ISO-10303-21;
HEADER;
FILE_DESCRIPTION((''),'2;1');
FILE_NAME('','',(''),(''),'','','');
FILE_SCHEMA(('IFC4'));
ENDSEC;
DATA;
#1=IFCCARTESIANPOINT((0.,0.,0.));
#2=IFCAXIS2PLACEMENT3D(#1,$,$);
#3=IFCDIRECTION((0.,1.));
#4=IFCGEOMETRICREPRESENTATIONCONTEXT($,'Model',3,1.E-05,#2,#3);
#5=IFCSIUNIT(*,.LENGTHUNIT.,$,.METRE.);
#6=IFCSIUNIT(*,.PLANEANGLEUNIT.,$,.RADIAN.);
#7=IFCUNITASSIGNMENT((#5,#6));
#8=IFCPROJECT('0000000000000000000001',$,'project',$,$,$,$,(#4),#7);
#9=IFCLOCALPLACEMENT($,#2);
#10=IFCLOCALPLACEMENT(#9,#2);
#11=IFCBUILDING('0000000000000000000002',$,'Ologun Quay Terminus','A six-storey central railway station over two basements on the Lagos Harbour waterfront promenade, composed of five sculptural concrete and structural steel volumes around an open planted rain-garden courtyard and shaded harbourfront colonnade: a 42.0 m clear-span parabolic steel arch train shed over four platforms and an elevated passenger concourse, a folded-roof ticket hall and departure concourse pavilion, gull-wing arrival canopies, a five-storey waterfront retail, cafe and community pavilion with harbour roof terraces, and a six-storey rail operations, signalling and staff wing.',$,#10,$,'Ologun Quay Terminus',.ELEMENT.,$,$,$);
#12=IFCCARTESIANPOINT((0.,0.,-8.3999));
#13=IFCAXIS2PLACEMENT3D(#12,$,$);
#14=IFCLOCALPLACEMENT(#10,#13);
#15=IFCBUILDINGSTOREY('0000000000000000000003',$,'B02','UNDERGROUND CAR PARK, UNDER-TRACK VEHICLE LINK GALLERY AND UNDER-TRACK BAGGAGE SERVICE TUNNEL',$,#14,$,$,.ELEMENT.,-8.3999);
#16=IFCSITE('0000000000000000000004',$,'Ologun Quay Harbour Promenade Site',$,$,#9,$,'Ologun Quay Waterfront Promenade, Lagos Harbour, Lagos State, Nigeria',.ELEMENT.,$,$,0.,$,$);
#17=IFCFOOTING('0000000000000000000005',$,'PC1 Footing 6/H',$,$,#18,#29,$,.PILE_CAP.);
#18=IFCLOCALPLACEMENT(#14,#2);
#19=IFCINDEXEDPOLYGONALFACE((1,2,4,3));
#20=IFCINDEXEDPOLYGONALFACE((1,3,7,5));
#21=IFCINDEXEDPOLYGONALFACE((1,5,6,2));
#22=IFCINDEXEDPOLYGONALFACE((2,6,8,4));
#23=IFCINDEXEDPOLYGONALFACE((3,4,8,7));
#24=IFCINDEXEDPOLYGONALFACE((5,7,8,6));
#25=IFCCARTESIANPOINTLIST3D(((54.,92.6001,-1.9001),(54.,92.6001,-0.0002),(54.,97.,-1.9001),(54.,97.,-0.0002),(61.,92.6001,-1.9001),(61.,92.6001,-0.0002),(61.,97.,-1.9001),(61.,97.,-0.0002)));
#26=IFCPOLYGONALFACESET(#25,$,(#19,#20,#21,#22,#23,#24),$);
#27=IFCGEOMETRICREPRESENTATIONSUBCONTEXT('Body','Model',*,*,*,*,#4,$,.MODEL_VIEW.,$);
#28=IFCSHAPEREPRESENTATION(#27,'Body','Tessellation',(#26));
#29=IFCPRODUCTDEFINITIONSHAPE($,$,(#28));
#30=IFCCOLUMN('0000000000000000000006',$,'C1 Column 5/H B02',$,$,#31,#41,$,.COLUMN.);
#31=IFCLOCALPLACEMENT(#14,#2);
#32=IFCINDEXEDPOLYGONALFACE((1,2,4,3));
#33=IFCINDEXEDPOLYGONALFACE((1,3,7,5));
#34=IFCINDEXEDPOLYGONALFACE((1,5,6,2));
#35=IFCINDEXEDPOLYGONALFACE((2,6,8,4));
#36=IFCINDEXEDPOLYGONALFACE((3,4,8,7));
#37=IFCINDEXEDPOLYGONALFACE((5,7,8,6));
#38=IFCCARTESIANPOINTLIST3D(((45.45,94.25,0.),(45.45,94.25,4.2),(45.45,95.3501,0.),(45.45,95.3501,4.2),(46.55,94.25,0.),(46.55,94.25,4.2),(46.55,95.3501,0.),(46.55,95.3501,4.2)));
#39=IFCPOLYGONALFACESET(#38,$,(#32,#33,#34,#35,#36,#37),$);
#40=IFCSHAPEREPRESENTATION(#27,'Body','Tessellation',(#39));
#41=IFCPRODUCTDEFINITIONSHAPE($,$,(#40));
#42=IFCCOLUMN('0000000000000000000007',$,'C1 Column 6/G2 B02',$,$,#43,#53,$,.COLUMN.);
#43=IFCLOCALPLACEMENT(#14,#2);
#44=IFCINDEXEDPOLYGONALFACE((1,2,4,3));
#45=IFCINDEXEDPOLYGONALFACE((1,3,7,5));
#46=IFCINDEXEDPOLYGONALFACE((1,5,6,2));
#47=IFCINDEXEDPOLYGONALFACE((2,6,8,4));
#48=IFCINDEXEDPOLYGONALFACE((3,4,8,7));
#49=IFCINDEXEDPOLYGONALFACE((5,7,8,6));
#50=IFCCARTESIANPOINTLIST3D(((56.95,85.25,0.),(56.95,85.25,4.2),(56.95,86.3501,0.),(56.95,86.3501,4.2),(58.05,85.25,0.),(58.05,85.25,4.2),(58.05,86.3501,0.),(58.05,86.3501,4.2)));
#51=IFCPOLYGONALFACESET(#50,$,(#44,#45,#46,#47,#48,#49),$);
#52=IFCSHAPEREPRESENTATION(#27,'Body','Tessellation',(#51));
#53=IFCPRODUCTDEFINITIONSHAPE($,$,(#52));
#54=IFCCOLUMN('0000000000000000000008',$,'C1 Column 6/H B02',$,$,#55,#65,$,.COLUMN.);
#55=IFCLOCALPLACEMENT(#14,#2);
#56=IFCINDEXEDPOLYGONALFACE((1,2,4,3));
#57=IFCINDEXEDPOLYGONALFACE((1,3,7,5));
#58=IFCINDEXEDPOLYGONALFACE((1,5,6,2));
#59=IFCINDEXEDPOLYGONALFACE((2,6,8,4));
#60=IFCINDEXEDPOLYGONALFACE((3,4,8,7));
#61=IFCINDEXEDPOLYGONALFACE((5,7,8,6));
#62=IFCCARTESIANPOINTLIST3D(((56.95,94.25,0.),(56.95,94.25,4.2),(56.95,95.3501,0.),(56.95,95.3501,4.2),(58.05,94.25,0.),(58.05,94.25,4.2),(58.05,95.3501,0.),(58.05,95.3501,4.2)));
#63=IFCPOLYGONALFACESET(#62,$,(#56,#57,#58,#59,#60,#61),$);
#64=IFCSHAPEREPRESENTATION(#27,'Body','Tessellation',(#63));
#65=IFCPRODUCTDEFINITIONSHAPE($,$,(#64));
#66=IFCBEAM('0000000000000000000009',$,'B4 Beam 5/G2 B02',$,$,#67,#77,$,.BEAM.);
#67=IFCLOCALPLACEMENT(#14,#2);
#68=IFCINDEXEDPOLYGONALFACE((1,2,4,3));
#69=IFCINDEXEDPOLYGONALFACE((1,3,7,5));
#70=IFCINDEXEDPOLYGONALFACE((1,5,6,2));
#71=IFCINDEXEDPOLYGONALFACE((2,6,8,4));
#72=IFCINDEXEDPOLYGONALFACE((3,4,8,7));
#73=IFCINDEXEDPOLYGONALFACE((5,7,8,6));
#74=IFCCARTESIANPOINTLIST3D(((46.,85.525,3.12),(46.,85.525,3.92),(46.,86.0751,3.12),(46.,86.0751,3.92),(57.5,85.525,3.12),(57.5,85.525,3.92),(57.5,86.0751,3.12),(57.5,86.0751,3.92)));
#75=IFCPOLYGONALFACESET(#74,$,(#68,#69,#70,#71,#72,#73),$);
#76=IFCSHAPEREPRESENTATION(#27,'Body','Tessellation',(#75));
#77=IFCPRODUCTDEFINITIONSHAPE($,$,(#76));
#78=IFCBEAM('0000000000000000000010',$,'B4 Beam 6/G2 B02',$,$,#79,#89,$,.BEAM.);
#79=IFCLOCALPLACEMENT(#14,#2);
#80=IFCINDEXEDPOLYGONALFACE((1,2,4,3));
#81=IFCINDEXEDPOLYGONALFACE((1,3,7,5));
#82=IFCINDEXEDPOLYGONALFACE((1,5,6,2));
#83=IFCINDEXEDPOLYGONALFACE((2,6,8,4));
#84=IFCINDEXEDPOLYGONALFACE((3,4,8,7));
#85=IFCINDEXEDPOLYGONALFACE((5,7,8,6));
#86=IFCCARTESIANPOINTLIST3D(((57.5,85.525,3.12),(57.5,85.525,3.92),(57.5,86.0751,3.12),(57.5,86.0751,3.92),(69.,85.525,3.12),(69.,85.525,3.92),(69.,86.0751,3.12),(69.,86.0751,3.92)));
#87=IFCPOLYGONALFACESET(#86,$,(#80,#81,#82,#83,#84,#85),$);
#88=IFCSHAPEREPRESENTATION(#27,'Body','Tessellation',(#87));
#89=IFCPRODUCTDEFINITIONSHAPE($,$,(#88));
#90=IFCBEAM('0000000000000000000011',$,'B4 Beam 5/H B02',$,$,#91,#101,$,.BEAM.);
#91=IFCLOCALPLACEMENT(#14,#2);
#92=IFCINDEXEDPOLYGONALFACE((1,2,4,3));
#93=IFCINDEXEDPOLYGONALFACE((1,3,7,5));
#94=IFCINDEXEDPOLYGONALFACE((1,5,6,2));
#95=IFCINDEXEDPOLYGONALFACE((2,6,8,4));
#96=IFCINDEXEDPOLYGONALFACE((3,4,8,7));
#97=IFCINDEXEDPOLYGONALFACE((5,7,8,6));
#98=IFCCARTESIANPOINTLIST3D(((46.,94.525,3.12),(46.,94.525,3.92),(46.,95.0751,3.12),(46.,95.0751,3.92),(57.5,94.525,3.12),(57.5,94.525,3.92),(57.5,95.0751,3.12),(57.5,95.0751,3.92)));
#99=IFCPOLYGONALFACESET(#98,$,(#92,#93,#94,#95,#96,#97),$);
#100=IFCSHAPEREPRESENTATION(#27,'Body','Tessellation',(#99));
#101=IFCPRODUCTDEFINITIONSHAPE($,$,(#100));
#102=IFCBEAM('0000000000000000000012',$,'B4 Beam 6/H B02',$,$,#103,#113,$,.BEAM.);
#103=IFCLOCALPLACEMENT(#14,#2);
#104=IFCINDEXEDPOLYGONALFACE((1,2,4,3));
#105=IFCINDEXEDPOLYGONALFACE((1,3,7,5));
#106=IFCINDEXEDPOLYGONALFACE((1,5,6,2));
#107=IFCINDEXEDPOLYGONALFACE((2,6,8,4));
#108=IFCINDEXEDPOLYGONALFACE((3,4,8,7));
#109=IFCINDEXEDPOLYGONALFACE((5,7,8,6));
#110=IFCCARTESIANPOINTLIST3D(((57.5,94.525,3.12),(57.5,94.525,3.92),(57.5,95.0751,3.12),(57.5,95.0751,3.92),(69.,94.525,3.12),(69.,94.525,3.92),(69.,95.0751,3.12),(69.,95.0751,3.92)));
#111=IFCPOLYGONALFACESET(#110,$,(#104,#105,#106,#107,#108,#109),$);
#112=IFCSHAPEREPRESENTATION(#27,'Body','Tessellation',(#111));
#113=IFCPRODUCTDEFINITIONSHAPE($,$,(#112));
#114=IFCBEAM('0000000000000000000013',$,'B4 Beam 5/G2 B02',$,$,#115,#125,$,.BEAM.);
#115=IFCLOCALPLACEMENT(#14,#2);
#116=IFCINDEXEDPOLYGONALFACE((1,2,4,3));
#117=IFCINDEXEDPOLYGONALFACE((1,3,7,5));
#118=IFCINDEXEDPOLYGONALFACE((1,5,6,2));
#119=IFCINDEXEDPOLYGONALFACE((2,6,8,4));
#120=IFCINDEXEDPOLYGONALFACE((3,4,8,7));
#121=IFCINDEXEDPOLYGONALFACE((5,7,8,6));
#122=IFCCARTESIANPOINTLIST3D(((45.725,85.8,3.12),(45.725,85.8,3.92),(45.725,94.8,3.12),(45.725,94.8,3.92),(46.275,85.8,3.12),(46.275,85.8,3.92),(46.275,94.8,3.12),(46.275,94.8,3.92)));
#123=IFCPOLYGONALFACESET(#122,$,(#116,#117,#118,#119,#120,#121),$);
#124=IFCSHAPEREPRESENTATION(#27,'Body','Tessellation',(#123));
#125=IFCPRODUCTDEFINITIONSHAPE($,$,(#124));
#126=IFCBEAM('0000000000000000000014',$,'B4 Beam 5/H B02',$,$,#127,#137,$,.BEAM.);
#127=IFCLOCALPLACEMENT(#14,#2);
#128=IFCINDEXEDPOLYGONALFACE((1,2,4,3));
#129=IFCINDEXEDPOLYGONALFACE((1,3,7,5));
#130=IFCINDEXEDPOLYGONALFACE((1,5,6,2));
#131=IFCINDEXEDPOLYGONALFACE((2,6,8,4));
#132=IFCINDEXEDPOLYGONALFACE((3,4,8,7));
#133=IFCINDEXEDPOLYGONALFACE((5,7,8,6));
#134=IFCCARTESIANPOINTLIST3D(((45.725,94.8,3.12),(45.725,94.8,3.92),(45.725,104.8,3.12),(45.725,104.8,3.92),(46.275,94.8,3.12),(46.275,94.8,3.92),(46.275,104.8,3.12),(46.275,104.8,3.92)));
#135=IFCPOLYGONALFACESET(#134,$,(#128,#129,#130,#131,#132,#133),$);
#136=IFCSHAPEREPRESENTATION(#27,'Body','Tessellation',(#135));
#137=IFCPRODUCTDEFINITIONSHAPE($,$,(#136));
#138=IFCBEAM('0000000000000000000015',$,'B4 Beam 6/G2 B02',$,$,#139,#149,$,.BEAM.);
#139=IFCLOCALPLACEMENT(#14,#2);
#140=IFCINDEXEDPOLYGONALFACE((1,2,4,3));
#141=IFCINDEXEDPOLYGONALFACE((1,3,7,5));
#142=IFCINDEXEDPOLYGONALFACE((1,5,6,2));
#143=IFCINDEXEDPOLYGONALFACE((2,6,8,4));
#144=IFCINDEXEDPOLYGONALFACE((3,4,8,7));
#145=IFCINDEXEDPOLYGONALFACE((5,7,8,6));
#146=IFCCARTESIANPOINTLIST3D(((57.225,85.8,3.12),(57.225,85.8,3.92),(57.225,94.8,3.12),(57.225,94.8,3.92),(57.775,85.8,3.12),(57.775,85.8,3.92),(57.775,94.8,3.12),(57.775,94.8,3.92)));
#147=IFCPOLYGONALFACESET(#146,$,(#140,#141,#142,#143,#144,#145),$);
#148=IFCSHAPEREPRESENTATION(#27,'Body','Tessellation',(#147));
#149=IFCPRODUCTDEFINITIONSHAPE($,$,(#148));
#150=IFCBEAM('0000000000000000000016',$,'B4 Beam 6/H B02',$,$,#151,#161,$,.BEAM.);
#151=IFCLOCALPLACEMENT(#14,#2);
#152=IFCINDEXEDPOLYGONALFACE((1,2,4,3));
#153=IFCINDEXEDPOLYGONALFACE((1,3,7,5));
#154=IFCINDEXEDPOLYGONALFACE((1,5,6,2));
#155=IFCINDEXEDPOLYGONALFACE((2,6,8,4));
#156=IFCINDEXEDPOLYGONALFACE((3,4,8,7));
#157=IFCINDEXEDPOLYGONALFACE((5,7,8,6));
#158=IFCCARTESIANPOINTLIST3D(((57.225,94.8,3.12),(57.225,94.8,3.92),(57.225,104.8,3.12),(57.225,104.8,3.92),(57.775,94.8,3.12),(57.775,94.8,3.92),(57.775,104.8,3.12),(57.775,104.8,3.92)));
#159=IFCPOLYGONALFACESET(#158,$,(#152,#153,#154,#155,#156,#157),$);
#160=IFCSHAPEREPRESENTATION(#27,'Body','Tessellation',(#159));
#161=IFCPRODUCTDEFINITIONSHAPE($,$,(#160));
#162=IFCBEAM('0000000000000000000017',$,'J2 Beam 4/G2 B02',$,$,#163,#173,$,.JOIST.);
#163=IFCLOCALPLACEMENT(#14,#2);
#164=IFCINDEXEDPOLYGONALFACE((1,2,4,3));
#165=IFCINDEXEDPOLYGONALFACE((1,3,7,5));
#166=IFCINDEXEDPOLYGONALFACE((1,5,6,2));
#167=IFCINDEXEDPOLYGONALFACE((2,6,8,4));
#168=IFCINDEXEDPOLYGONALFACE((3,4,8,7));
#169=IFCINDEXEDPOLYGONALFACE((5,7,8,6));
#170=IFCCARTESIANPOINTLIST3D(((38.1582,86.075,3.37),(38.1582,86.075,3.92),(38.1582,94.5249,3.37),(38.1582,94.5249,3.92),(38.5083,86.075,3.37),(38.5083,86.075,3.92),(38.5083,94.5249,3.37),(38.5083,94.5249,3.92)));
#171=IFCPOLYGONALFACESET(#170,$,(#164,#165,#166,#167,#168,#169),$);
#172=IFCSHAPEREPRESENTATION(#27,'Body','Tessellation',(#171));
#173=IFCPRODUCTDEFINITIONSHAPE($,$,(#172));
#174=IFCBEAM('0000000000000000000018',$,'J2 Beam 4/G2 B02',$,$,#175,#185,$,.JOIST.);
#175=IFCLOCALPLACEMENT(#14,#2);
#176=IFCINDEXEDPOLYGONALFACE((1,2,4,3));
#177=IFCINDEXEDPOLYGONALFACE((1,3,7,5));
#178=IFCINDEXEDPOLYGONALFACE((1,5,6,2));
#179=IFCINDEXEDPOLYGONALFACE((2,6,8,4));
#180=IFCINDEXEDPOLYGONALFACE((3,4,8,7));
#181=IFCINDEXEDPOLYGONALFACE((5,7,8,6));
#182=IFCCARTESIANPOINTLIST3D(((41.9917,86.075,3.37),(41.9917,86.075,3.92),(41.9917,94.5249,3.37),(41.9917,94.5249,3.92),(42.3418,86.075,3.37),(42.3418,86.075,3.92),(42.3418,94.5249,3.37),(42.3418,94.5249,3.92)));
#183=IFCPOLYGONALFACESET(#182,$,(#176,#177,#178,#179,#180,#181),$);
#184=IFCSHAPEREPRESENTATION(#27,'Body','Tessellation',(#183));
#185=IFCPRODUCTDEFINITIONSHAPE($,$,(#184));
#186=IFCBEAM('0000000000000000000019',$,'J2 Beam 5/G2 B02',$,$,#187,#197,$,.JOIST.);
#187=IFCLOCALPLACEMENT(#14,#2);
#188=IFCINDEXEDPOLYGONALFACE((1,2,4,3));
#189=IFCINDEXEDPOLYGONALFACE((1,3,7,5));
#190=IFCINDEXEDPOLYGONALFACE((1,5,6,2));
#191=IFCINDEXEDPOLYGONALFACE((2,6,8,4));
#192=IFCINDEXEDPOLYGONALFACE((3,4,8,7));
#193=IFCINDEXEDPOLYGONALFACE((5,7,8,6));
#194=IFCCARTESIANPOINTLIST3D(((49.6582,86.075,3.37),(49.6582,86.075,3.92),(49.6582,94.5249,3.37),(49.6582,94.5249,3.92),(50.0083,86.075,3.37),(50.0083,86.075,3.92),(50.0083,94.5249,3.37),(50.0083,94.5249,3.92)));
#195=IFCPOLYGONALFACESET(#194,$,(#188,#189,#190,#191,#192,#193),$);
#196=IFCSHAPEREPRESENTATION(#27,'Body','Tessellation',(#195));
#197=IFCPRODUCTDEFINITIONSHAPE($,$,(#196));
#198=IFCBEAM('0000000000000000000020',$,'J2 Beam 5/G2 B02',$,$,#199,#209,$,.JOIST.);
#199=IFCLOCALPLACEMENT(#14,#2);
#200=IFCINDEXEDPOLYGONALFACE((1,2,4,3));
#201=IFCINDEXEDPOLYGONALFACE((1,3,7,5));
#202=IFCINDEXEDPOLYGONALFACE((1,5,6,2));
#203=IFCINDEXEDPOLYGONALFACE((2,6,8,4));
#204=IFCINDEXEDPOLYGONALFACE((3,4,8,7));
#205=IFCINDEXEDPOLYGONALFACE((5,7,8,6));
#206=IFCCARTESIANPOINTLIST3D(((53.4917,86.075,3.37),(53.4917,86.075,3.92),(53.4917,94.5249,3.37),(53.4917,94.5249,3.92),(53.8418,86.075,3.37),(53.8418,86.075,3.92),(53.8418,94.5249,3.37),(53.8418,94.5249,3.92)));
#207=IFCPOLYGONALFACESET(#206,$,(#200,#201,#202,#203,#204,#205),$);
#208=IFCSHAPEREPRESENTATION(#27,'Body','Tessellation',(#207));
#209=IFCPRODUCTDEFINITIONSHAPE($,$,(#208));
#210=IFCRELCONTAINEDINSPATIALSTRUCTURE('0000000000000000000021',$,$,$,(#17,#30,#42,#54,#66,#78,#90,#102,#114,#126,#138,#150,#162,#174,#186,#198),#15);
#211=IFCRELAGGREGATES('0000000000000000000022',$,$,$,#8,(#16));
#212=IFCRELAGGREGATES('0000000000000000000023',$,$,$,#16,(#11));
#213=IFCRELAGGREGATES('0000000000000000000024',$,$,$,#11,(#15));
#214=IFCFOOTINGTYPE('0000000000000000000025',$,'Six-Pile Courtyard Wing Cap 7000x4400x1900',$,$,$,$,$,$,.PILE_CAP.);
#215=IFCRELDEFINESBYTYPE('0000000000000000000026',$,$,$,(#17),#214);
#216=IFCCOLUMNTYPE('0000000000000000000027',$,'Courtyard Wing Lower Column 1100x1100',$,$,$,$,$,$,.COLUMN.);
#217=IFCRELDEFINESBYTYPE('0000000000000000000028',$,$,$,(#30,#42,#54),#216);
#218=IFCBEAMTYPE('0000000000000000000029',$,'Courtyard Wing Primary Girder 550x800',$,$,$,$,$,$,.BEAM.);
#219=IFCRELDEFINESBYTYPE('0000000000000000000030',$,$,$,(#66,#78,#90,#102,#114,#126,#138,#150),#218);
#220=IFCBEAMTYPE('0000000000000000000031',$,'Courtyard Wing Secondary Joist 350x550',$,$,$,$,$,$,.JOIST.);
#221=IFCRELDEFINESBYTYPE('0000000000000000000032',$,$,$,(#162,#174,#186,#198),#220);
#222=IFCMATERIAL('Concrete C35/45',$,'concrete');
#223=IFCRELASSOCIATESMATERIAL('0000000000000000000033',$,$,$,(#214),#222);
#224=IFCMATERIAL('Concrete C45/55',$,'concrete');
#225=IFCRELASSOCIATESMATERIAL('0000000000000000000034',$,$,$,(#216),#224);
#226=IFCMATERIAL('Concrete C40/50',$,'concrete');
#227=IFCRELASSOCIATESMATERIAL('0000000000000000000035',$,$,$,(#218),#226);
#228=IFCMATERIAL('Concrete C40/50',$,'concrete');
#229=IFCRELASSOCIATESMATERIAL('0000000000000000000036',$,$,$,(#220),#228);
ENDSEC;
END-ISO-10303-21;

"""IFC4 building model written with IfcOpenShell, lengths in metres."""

from ifc_helpers import new_model, si_unit, direction, frame, origin, origin_2d, place, context, subcontext, project, spatial, rectangle, extrude, material, material_profile, profile_set, type_object, element, save


model = new_model("IFC4")

# Units and contexts
model_context = context("Model", 3, precision=1e-05, world=origin(), true_north=direction((0.0, 1.0)))
body_context = subcontext(model_context, "Body", "Model", "MODEL_VIEW")
ifc_project = project(units=[si_unit("LENGTHUNIT", "METRE"), si_unit("PLANEANGLEUNIT", "RADIAN")], contexts=[model_context])

# Site, building, storey
site_placement = place(None, origin())
site = spatial("IfcSite", under=ifc_project, at=site_placement, Name="Ologun Quay Harbour Promenade Site", LongName="Ologun Quay Waterfront Promenade, Lagos Harbour, Lagos State, Nigeria", CompositionType="ELEMENT", RefElevation=0.0)
building_placement = place(site_placement, origin())
building = spatial("IfcBuilding", under=site, at=building_placement, Name="Ologun Quay Terminus", Description="A six-storey central railway station over two basements on the Lagos Harbour waterfront promenade, composed of five sculptural concrete and structural steel volumes around an open planted rain-garden courtyard and shaded harbourfront colonnade: a 42.0 m clear-span parabolic steel arch train shed over four platforms and an elevated passenger concourse, a folded-roof ticket hall and departure concourse pavilion, gull-wing arrival canopies, a five-storey waterfront retail, cafe and community pavilion with harbour roof terraces, and a six-storey rail operations, signalling and staff wing.", LongName="Ologun Quay Terminus", CompositionType="ELEMENT")
storey_placement = place(building_placement, frame((0.0, 0.0, -8.3999)))
storey = spatial("IfcBuildingStorey", under=building, at=storey_placement, Name="B02", Description="UNDERGROUND CAR PARK, UNDER-TRACK VEHICLE LINK GALLERY AND UNDER-TRACK BAGGAGE SERVICE TUNNEL", CompositionType="ELEMENT", Elevation=-8.3999)

# Footing
ifc_material_1 = material(Name="Concrete C35/45", Category="concrete")
footing_type = type_object("IfcFootingType", Name="Six-Pile Courtyard Wing Cap 7000x4400x1900", PredefinedType="PILE_CAP", material=ifc_material_1)
footing_placement = place(storey_placement, frame((57.5, 94.8, -1.9001), z_axis=(0.0, 0.0, 1.0), x_axis=(1.0, 0.0, 0.0)))
element("IfcFooting", 1, at=footing_placement, inside=storey, type_object=footing_type, Name="PC1 Footing 6/H", PredefinedType="PILE_CAP", context=body_context, shape_type="SweptSolid", body=[
    extrude(rectangle(XDim=7.0, YDim=4.3999, at=origin_2d()), origin(), (0.0, 0.0, 1.0), 1.8999),
])

# Columns
ifc_material_2 = material(Name="Concrete C45/55", Category="concrete")
ifc_material_profile_1 = material_profile(ifc_material_2, rectangle(XDim=1.1001, YDim=1.1001, at=origin_2d()), Name="RC 1100x1100")
ifc_profile_set_1 = profile_set([ifc_material_profile_1], Name="Concrete C45/55")
column_type = type_object("IfcColumnType", Name="Courtyard Wing Lower Column 1100x1100", PredefinedType="COLUMN", material=ifc_profile_set_1)
for number, where, z_axis, x_axis, name in (
    (2, (46.0, 94.8, 0.0), (0.0, 0.0, 1.0), (1.0, 0.0, 0.0), "C1 Column 5/H B02"),
    (3, (57.5, 85.8, 0.0), (0.0, 0.0, 1.0), (1.0, 0.0, 0.0), "C1 Column 6/G2 B02"),
    (4, (57.5, 94.8, 0.0), (0.0, 0.0, 1.0), (1.0, 0.0, 0.0), "C1 Column 6/H B02"),
):
    element("IfcColumn", number, at=place(storey_placement, frame(where, z_axis=z_axis, x_axis=x_axis)), inside=storey, type_object=column_type, Name=name, PredefinedType="COLUMN", context=body_context, shape_type="SweptSolid", body=[
        extrude(rectangle(XDim=1.1001, YDim=1.1001, at=origin_2d()), origin(), (0.0, 0.0, 1.0), 4.2),
    ])

# Beams
ifc_material_3 = material(Name="Concrete C40/50", Category="concrete")
ifc_material_profile_2 = material_profile(ifc_material_3, rectangle(XDim=0.55, YDim=0.8, at=origin_2d()), Name="RC 550x800")
ifc_profile_set_2 = profile_set([ifc_material_profile_2], Name="Concrete C40/50")
beam_type_1 = type_object("IfcBeamType", Name="Courtyard Wing Primary Girder 550x800", PredefinedType="BEAM", material=ifc_profile_set_2)
for number, where, z_axis, x_axis, name in (
    (5, (46.0, 85.8, 3.52), (1.0, 0.0, 0.0), (0.0, 1.0, 0.0), "B4 Beam 5/G2 B02"),
    (6, (57.5, 85.8, 3.52), (1.0, 0.0, 0.0), (0.0, 1.0, 0.0), "B4 Beam 6/G2 B02"),
    (7, (46.0, 94.8, 3.52), (1.0, 0.0, 0.0), (0.0, 1.0, 0.0), "B4 Beam 5/H B02"),
    (8, (57.5, 94.8, 3.52), (1.0, 0.0, 0.0), (0.0, 1.0, 0.0), "B4 Beam 6/H B02"),
):
    element("IfcBeam", number, at=place(storey_placement, frame(where, z_axis=z_axis, x_axis=x_axis)), inside=storey, type_object=beam_type_1, Name=name, PredefinedType="BEAM", context=body_context, shape_type="SweptSolid", body=[
        extrude(rectangle(XDim=0.55, YDim=0.8, at=origin_2d()), origin(), (0.0, 0.0, 1.0), 11.5),
    ])
beam_1_placement = place(storey_placement, frame((46.0, 85.8, 3.52), z_axis=(0.0, 1.0, 0.0), x_axis=(-1.0, 0.0, 0.0)))
element("IfcBeam", 9, at=beam_1_placement, inside=storey, type_object=beam_type_1, Name="B4 Beam 5/G2 B02", PredefinedType="BEAM", context=body_context, shape_type="SweptSolid", body=[
    extrude(rectangle(XDim=0.55, YDim=0.8, at=origin_2d()), origin(), (0.0, 0.0, 1.0), 9.0),
])
beam_2_placement = place(storey_placement, frame((46.0, 94.8, 3.52), z_axis=(0.0, 1.0, 0.0), x_axis=(-1.0, 0.0, 0.0)))
element("IfcBeam", 10, at=beam_2_placement, inside=storey, type_object=beam_type_1, Name="B4 Beam 5/H B02", PredefinedType="BEAM", context=body_context, shape_type="SweptSolid", body=[
    extrude(rectangle(XDim=0.55, YDim=0.8, at=origin_2d()), origin(), (0.0, 0.0, 1.0), 10.0),
])
beam_3_placement = place(storey_placement, frame((57.5, 85.8, 3.52), z_axis=(0.0, 1.0, 0.0), x_axis=(-1.0, 0.0, 0.0)))
element("IfcBeam", 11, at=beam_3_placement, inside=storey, type_object=beam_type_1, Name="B4 Beam 6/G2 B02", PredefinedType="BEAM", context=body_context, shape_type="SweptSolid", body=[
    extrude(rectangle(XDim=0.55, YDim=0.8, at=origin_2d()), origin(), (0.0, 0.0, 1.0), 9.0),
])
beam_4_placement = place(storey_placement, frame((57.5, 94.8, 3.52), z_axis=(0.0, 1.0, 0.0), x_axis=(-1.0, 0.0, 0.0)))
element("IfcBeam", 12, at=beam_4_placement, inside=storey, type_object=beam_type_1, Name="B4 Beam 6/H B02", PredefinedType="BEAM", context=body_context, shape_type="SweptSolid", body=[
    extrude(rectangle(XDim=0.55, YDim=0.8, at=origin_2d()), origin(), (0.0, 0.0, 1.0), 10.0),
])
ifc_material_4 = material(Name="Concrete C40/50", Category="concrete")
ifc_material_profile_3 = material_profile(ifc_material_4, rectangle(XDim=0.3501, YDim=0.55, at=origin_2d()), Name="RC 350x550")
ifc_profile_set_3 = profile_set([ifc_material_profile_3], Name="Concrete C40/50")
beam_type_2 = type_object("IfcBeamType", Name="Courtyard Wing Secondary Joist 350x550", PredefinedType="JOIST", material=ifc_profile_set_3)
for number, where, z_axis, x_axis, name in (
    (13, (38.3333, 86.075, 3.645), (0.0, 1.0, 0.0), (-1.0, 0.0, 0.0), "J2 Beam 4/G2 B02"),
    (14, (42.1667, 86.075, 3.645), (0.0, 1.0, 0.0), (-1.0, 0.0, 0.0), "J2 Beam 4/G2 B02"),
    (15, (49.8333, 86.075, 3.645), (0.0, 1.0, 0.0), (-1.0, 0.0, 0.0), "J2 Beam 5/G2 B02"),
    (16, (53.6667, 86.075, 3.645), (0.0, 1.0, 0.0), (-1.0, 0.0, 0.0), "J2 Beam 5/G2 B02"),
):
    element("IfcBeam", number, at=place(storey_placement, frame(where, z_axis=z_axis, x_axis=x_axis)), inside=storey, type_object=beam_type_2, Name=name, PredefinedType="JOIST", context=body_context, shape_type="SweptSolid", body=[
        extrude(rectangle(XDim=0.3501, YDim=0.55, at=origin_2d()), origin(), (0.0, 0.0, 1.0), 8.45),
    ])

save(model, "model.ifc")
